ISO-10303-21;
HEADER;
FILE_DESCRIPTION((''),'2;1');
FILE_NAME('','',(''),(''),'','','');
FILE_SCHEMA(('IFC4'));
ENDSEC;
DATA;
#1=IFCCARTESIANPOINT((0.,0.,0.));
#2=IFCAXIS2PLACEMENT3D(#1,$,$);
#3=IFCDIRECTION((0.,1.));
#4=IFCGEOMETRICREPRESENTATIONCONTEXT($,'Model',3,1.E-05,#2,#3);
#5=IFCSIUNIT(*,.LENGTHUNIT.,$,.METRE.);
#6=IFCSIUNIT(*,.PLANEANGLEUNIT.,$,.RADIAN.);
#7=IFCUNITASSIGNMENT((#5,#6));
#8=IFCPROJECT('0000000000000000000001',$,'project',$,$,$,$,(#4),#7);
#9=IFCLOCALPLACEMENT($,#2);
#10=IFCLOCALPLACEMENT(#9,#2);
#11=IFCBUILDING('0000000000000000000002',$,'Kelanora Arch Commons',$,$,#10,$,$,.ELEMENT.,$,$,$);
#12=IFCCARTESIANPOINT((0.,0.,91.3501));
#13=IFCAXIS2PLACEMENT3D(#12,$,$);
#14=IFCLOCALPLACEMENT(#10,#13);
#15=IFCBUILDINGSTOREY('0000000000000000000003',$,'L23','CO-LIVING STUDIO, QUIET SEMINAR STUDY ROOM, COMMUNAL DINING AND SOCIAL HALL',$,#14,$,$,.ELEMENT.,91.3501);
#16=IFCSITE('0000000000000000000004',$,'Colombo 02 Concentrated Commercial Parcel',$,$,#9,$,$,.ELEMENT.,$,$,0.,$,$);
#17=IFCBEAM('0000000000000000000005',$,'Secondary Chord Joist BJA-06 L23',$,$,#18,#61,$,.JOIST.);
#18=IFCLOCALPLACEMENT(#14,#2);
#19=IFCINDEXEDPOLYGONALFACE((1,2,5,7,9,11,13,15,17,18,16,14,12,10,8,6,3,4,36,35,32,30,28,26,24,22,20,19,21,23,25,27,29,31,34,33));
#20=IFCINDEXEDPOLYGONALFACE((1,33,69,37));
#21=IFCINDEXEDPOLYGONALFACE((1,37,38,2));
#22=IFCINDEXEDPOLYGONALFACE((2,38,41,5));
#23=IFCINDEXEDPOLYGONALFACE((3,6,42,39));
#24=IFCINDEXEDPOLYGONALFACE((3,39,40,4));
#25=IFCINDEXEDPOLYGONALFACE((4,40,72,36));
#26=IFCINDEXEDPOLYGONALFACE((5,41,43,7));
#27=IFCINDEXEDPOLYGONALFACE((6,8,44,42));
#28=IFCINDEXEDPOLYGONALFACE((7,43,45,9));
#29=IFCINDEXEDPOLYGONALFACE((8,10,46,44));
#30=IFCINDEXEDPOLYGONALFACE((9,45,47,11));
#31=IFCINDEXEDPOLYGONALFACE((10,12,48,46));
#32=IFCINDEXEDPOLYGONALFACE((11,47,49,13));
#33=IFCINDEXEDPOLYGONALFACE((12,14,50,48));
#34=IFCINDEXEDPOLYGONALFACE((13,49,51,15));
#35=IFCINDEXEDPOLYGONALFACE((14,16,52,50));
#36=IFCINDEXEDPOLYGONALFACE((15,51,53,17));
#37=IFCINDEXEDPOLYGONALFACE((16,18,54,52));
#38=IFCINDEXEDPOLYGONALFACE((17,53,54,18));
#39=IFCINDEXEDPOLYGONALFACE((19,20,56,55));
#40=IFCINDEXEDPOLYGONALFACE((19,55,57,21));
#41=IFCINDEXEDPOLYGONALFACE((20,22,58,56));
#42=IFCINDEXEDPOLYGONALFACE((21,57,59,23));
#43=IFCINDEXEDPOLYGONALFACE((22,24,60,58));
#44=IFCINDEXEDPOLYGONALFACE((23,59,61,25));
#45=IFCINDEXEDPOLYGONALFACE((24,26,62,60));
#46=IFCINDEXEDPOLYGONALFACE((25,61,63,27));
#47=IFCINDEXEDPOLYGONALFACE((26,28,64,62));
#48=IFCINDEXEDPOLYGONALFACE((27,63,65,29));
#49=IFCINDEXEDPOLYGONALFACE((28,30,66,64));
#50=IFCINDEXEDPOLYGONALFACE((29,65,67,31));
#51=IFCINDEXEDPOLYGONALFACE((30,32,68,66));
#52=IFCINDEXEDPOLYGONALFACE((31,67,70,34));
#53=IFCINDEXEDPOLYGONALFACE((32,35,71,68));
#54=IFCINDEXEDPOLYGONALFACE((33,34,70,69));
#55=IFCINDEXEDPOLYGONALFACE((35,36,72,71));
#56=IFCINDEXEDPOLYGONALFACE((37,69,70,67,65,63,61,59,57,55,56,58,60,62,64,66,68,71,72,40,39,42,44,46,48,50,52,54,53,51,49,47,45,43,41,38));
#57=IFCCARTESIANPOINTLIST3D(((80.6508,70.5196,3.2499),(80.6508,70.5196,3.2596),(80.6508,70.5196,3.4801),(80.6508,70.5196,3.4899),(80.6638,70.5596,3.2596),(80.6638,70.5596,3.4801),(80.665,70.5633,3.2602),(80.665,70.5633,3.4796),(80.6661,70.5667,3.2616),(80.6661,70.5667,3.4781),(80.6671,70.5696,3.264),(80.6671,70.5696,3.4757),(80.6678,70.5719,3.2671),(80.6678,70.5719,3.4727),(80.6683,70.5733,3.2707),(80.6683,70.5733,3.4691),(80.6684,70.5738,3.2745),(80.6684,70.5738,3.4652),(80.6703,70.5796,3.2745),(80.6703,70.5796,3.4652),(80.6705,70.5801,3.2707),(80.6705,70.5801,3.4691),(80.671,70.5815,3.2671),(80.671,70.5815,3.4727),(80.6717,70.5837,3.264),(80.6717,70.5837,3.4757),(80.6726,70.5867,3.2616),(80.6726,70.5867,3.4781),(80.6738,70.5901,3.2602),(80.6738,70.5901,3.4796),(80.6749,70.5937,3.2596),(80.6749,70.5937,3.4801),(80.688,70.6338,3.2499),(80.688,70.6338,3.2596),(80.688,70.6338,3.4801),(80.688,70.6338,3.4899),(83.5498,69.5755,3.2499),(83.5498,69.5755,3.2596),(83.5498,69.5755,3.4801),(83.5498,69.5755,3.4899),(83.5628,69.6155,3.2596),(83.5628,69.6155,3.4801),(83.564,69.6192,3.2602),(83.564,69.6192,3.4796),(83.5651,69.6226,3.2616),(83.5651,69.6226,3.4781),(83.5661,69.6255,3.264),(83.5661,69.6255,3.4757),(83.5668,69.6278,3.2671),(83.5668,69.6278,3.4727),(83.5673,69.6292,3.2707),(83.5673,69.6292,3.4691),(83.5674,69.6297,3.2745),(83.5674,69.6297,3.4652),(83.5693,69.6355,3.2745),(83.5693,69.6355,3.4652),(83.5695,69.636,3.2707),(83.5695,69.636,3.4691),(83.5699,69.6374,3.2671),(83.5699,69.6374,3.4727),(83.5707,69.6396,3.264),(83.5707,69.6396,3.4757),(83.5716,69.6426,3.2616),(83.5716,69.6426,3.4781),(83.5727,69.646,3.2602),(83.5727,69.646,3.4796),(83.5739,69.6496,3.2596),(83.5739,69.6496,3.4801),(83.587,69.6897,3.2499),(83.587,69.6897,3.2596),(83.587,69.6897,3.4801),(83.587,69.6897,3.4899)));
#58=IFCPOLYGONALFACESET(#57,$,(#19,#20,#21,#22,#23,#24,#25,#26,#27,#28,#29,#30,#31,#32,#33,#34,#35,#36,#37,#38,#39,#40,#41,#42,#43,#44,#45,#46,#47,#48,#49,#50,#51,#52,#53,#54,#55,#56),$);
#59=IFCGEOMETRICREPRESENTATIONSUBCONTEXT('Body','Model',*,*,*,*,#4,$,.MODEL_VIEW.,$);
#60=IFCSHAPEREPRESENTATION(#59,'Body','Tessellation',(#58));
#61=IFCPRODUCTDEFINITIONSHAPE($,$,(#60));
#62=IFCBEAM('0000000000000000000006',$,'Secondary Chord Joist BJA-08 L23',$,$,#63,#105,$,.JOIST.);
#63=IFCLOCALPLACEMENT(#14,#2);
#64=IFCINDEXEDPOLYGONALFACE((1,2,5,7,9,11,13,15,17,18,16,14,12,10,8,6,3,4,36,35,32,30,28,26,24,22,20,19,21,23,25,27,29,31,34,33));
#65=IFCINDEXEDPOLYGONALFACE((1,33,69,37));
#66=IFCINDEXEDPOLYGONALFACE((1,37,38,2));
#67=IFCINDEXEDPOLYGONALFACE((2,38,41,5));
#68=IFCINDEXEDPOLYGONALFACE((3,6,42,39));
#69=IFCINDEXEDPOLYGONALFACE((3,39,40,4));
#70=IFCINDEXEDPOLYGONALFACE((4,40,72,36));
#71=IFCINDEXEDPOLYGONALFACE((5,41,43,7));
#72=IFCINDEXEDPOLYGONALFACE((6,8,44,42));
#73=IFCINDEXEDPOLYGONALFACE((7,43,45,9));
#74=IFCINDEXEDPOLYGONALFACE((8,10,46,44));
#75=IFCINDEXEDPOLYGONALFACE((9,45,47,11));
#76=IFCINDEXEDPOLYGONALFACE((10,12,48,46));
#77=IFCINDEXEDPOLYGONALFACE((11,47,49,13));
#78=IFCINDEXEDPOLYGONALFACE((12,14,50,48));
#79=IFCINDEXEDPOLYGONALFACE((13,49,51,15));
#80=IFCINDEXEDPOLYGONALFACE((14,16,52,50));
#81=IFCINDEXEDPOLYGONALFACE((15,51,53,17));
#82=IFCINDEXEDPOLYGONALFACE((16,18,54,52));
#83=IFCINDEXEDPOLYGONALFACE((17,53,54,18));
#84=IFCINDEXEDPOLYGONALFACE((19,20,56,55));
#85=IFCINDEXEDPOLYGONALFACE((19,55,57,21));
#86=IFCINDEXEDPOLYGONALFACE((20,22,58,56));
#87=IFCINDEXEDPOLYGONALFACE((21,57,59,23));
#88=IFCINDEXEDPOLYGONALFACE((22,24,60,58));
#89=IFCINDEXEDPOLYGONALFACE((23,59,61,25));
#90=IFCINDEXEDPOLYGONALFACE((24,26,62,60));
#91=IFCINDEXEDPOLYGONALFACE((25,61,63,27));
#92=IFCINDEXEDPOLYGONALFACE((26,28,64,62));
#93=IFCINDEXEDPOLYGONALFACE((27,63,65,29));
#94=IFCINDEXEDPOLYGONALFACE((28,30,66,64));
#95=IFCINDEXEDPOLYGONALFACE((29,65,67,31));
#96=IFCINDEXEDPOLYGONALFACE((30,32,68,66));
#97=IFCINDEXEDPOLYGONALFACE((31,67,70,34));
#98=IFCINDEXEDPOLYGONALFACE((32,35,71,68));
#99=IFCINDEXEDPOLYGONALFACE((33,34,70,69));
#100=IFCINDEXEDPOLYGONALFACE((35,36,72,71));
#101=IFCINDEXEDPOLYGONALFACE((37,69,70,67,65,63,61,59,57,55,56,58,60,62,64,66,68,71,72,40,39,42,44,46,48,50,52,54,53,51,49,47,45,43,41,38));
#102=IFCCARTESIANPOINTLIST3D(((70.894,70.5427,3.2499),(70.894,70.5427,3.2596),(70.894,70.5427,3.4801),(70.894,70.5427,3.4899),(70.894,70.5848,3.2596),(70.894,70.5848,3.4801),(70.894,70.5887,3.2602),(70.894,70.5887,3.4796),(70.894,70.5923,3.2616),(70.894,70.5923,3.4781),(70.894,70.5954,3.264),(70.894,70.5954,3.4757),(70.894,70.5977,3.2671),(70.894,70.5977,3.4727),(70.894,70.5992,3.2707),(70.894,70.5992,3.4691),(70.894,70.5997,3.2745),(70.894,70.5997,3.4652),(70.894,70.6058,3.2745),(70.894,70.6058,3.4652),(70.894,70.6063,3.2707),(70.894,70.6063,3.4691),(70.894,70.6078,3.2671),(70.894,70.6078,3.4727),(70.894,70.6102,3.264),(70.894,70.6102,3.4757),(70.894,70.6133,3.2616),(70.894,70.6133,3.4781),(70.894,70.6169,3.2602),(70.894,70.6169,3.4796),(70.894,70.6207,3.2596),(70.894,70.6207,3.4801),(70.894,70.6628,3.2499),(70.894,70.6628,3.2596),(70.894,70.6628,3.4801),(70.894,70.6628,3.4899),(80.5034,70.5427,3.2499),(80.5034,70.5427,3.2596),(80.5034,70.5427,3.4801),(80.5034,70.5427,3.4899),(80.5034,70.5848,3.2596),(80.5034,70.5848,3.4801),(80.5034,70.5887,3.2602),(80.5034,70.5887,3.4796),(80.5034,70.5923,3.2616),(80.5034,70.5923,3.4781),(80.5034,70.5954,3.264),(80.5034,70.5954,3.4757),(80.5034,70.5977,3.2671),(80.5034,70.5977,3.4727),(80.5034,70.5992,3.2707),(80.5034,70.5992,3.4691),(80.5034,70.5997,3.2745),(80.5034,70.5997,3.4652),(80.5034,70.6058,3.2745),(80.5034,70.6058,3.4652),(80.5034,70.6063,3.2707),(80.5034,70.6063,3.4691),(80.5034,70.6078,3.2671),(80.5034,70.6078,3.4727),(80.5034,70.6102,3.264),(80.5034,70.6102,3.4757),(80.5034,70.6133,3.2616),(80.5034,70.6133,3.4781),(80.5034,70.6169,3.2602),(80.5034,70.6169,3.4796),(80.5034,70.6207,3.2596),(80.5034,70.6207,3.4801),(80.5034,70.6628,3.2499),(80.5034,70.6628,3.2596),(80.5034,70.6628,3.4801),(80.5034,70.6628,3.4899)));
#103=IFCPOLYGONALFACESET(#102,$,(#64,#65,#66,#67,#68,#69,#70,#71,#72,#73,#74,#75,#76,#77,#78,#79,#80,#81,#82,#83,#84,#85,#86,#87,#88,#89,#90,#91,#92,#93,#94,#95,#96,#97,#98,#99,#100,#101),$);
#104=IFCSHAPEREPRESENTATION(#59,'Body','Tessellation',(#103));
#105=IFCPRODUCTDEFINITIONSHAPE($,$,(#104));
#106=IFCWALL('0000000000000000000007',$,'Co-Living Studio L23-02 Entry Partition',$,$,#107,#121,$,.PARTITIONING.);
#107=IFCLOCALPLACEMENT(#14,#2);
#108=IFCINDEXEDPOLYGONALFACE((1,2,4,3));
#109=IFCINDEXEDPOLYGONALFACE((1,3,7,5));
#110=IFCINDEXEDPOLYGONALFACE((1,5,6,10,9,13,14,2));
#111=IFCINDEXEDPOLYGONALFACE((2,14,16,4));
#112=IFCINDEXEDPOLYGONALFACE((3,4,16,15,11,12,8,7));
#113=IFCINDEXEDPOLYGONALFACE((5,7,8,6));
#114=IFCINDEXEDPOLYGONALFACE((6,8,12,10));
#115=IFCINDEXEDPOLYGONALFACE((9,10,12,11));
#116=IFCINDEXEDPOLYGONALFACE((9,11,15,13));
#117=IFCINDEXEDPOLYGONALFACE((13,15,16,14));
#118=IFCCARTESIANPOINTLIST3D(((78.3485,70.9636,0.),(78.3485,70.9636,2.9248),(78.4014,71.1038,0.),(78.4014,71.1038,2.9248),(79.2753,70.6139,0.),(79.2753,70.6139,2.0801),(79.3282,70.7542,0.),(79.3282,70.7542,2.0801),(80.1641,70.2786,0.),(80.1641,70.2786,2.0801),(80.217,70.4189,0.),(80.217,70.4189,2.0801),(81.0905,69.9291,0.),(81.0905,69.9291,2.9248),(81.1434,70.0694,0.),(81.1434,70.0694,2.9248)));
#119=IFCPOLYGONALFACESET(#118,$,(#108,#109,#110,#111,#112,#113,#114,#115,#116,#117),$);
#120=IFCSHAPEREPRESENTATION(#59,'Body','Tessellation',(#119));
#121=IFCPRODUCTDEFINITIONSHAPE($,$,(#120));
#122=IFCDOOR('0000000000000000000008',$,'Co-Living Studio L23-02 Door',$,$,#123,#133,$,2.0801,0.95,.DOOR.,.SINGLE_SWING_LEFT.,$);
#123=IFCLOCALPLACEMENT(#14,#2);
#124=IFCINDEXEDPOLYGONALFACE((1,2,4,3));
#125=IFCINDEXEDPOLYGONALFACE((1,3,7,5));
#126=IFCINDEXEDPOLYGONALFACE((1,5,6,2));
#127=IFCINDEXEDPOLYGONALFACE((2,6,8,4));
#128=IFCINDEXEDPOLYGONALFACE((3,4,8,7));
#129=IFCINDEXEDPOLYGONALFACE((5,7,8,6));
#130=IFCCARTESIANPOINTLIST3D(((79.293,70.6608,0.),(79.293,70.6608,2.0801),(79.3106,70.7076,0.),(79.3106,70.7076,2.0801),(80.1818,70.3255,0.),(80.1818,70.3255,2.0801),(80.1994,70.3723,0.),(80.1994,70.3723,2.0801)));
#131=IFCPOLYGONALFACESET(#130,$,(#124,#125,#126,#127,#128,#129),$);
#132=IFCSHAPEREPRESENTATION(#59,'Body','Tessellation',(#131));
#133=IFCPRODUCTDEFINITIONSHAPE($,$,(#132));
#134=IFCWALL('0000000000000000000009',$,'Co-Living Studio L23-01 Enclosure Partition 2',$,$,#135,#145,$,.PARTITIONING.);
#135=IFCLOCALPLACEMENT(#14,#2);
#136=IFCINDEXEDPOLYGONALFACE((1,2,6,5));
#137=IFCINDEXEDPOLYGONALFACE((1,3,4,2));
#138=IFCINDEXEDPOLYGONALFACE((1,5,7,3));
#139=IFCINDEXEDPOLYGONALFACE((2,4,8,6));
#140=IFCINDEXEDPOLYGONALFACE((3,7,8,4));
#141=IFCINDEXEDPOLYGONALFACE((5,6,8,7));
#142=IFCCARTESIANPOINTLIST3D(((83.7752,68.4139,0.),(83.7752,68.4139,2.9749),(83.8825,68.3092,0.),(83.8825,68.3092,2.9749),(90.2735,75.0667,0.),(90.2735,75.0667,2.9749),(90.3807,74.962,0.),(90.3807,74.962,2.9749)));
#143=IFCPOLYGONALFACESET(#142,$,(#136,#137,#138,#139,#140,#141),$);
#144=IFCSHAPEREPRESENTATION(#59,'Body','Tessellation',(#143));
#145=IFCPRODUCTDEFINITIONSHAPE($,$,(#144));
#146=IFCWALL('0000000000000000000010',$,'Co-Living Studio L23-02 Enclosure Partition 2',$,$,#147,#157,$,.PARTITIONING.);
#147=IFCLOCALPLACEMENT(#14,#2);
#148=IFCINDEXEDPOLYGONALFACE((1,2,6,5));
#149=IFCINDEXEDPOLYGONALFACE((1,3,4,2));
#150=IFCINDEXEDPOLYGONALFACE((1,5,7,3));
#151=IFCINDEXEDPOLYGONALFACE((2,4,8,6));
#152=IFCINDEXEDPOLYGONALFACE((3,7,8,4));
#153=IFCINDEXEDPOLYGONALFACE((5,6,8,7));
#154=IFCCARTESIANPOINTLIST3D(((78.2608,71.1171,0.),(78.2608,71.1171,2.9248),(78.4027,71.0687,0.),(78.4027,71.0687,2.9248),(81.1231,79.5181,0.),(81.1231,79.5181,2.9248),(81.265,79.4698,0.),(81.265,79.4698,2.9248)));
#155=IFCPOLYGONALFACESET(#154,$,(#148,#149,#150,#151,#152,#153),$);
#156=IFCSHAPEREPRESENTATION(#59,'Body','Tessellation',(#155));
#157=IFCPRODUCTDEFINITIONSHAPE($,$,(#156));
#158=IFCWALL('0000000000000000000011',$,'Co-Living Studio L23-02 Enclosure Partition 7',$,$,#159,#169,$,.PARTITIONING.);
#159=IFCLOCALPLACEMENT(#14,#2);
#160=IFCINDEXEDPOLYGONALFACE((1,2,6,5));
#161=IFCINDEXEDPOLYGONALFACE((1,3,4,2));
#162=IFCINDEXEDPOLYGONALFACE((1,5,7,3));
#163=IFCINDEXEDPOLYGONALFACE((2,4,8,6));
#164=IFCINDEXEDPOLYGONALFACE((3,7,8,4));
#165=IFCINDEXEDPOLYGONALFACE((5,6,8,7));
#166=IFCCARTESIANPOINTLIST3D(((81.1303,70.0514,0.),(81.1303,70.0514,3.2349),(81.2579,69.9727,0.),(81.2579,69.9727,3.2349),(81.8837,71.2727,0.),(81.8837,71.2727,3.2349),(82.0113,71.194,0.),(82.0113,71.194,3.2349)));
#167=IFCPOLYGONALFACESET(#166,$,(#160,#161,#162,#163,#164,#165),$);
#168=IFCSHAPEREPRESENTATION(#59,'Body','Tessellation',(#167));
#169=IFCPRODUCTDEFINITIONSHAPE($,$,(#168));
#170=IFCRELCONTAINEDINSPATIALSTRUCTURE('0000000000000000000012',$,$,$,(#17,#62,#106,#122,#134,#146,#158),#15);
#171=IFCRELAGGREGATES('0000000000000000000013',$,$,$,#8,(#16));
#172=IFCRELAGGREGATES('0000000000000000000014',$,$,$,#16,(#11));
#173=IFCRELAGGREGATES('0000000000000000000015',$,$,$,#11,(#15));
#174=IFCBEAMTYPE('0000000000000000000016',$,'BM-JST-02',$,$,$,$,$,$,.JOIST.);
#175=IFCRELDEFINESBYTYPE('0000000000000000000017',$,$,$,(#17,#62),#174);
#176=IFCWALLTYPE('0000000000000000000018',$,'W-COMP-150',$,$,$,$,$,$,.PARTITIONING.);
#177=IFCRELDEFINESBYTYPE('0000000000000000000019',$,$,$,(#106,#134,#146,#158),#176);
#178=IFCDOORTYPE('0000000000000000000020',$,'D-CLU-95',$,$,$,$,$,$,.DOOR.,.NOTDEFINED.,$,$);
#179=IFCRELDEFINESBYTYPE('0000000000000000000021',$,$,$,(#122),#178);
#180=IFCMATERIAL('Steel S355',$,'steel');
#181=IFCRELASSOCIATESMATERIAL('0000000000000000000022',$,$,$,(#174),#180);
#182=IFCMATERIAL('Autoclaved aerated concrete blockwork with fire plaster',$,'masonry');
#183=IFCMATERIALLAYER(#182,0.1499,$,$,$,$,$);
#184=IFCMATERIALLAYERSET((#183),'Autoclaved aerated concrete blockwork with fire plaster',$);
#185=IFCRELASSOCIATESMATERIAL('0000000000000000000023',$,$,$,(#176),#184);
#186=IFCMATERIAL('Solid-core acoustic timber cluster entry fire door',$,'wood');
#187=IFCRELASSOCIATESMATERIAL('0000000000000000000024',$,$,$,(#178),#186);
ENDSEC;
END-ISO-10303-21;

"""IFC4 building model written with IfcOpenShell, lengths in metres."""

from ifc_helpers import new_model, si_unit, direction, frame, frame_2d, origin, origin_2d, place, context, subcontext, project, spatial, rectangle, i_section, extrude, material, layer, layer_set, material_profile, profile_set, type_object, element, fill, save


model = new_model("IFC4")

# Units and contexts
model_context = context("Model", 3, precision=1e-05, world=origin(), true_north=direction((0.0, 1.0)))
body_context = subcontext(model_context, "Body", "Model", "MODEL_VIEW")
ifc_project = project(units=[si_unit("LENGTHUNIT", "METRE"), si_unit("PLANEANGLEUNIT", "RADIAN")], contexts=[model_context])

# Site, building, storey
site_placement = place(None, origin())
site = spatial("IfcSite", under=ifc_project, at=site_placement, Name="Colombo 02 Concentrated Commercial Parcel", CompositionType="ELEMENT", RefElevation=0.0)
building_placement = place(site_placement, origin())
building = spatial("IfcBuilding", under=site, at=building_placement, Name="Kelanora Arch Commons", CompositionType="ELEMENT")
storey_placement = place(building_placement, frame((0.0, 0.0, 91.3501)))
storey = spatial("IfcBuildingStorey", under=building, at=storey_placement, Name="L23", Description="CO-LIVING STUDIO, QUIET SEMINAR STUDY ROOM, COMMUNAL DINING AND SOCIAL HALL", CompositionType="ELEMENT", Elevation=91.3501)

# Beams
ifc_material_1 = material(Name="Steel S355", Category="steel")
ifc_material_profile = material_profile(ifc_material_1, i_section(OverallWidth=0.1201, OverallDepth=0.24, WebThickness=0.0061, FlangeThickness=0.0098, FilletRadius=0.0149, at=origin_2d()), Name="IPE240")
ifc_profile_set = profile_set([ifc_material_profile], Name="Steel S355")
beam_type = type_object("IfcBeamType", Name="BM-JST-02", PredefinedType="JOIST", material=ifc_profile_set)
beam_1_placement = place(storey_placement, frame((83.5684, 69.6326, 3.3699), z_axis=(-0.950847, 0.309662, 0.0), x_axis=(-0.309662, -0.950847, 0.0)))
element("IfcBeam", 1, at=beam_1_placement, inside=storey, type_object=beam_type, Name="Secondary Chord Joist BJA-06 L23", PredefinedType="JOIST", context=body_context, shape_type="SweptSolid", body=[
    extrude(i_section(OverallWidth=0.1201, OverallDepth=0.24, WebThickness=0.0061, FlangeThickness=0.0098, FilletRadius=0.0149, at=origin_2d()), origin(), (0.0, 0.0, 1.0), 3.0488),
])
beam_2_placement = place(storey_placement, frame((80.5034, 70.6028, 3.3699), z_axis=(-1.0, 0.0, 0.0), x_axis=(0.0, -1.0, 0.0)))
element("IfcBeam", 2, at=beam_2_placement, inside=storey, type_object=beam_type, Name="Secondary Chord Joist BJA-08 L23", PredefinedType="JOIST", context=body_context, shape_type="SweptSolid", body=[
    extrude(i_section(OverallWidth=0.1201, OverallDepth=0.24, WebThickness=0.0061, FlangeThickness=0.0098, FilletRadius=0.0149, at=origin_2d()), origin(), (0.0, 0.0, 1.0), 9.6094),
])

# Wall, opening, door
ifc_material_2 = material(Name="Autoclaved aerated concrete blockwork with fire plaster", Category="masonry")
ifc_layer_1 = layer(ifc_material_2, 0.1499)
ifc_layer_set_1 = layer_set([ifc_layer_1], Name="Autoclaved aerated concrete blockwork with fire plaster")
wall_type_1 = type_object("IfcWallType", Name="W-COMP-150", PredefinedType="PARTITIONING", material=ifc_layer_set_1)
wall_1_placement = place(storey_placement, frame((81.1169, 69.9993, 0.0), z_axis=(0.0, 0.0, 1.0), x_axis=(-0.935632, 0.352976, 0.0)))
wall_1 = element("IfcWall", 3, at=wall_1_placement, inside=storey, type_object=wall_type_1, Name="Co-Living Studio L23-02 Entry Partition", PredefinedType="PARTITIONING", context=body_context, shape_type="SweptSolid", body=[
    extrude(rectangle(XDim=2.9307, YDim=0.1499, at=frame_2d((1.4653, 0.0))), origin(), (0.0, 0.0, 1.0), 2.9248),
])
opening_1_placement = place(wall_1_placement, frame((0.99, 0.0, 0.0)))
opening_1 = element("IfcOpeningElement", 4, at=opening_1_placement, cuts=wall_1, PredefinedType="OPENING", context=body_context, shape_type="SweptSolid", body=[
    extrude(rectangle(XDim=0.95, YDim=2.0801, at=frame_2d((0.4751, 1.04))), frame((0.0, 0.085, 0.0), z_axis=(0.0, -1.0, 0.0), x_axis=(1.0, 0.0, 0.0)), (0.0, 0.0, 1.0), 0.1699),
])
ifc_material_3 = material(Name="Solid-core acoustic timber cluster entry fire door", Category="wood")
door_type_1 = type_object("IfcDoorType", Name="D-CLU-95", OperationType="NOTDEFINED", PredefinedType="DOOR", material=ifc_material_3)
door_1_placement = place(opening_1_placement, origin())
door_1 = element("IfcDoor", 5, at=door_1_placement, inside=storey, type_object=door_type_1, Name="Co-Living Studio L23-02 Door", OperationType="SINGLE_SWING_LEFT", OverallHeight=2.0801, OverallWidth=0.95, PredefinedType="DOOR", context=body_context, shape_type="SweptSolid", body=[
    extrude(rectangle(XDim=0.95, YDim=2.0801, at=frame_2d((0.4751, 1.04))), frame((0.0, 0.0249, 0.0), z_axis=(0.0, -1.0, 0.0), x_axis=(1.0, 0.0, 0.0)), (0.0, 0.0, 1.0), 0.05),
])
fill(opening_1, door_1)

# Walls
wall_2_placement = place(storey_placement, frame((83.8289, 68.3616, 0.0), z_axis=(0.0, 0.0, 1.0), x_axis=(0.698749, 0.715367, 0.0)))
element("IfcWall", 6, at=wall_2_placement, inside=storey, type_object=wall_type_1, Name="Co-Living Studio L23-01 Enclosure Partition 2", PredefinedType="PARTITIONING", context=body_context, shape_type="SweptSolid", body=[
    extrude(rectangle(XDim=9.2998, YDim=0.1499, at=frame_2d((4.6499, 0.0))), origin(), (0.0, 0.0, 1.0), 2.9749),
])
wall_3_placement = place(storey_placement, frame((78.3318, 71.093, 0.0), z_axis=(0.0, 0.0, 1.0), x_axis=(0.322501, 0.946569, 0.0)))
element("IfcWall", 7, at=wall_3_placement, inside=storey, type_object=wall_type_1, Name="Co-Living Studio L23-02 Enclosure Partition 2", PredefinedType="PARTITIONING", context=body_context, shape_type="SweptSolid", body=[
    extrude(rectangle(XDim=8.8752, YDim=0.1499, at=frame_2d((4.4375, 0.0))), origin(), (0.0, 0.0, 1.0), 2.9248),
])
wall_4_placement = place(storey_placement, frame((81.9475, 71.2334, 0.0), z_axis=(0.0, 0.0, 1.0), x_axis=(-0.524989, -0.851109, 0.0)))
element("IfcWall", 8, at=wall_4_placement, inside=storey, type_object=wall_type_1, Name="Co-Living Studio L23-02 Enclosure Partition 7", PredefinedType="PARTITIONING", context=body_context, shape_type="SweptSolid", body=[
    extrude(rectangle(XDim=1.4351, YDim=0.1499, at=frame_2d((0.7175, 0.0))), origin(), (0.0, 0.0, 1.0), 3.2349),
])

save(model, "model.ifc")
